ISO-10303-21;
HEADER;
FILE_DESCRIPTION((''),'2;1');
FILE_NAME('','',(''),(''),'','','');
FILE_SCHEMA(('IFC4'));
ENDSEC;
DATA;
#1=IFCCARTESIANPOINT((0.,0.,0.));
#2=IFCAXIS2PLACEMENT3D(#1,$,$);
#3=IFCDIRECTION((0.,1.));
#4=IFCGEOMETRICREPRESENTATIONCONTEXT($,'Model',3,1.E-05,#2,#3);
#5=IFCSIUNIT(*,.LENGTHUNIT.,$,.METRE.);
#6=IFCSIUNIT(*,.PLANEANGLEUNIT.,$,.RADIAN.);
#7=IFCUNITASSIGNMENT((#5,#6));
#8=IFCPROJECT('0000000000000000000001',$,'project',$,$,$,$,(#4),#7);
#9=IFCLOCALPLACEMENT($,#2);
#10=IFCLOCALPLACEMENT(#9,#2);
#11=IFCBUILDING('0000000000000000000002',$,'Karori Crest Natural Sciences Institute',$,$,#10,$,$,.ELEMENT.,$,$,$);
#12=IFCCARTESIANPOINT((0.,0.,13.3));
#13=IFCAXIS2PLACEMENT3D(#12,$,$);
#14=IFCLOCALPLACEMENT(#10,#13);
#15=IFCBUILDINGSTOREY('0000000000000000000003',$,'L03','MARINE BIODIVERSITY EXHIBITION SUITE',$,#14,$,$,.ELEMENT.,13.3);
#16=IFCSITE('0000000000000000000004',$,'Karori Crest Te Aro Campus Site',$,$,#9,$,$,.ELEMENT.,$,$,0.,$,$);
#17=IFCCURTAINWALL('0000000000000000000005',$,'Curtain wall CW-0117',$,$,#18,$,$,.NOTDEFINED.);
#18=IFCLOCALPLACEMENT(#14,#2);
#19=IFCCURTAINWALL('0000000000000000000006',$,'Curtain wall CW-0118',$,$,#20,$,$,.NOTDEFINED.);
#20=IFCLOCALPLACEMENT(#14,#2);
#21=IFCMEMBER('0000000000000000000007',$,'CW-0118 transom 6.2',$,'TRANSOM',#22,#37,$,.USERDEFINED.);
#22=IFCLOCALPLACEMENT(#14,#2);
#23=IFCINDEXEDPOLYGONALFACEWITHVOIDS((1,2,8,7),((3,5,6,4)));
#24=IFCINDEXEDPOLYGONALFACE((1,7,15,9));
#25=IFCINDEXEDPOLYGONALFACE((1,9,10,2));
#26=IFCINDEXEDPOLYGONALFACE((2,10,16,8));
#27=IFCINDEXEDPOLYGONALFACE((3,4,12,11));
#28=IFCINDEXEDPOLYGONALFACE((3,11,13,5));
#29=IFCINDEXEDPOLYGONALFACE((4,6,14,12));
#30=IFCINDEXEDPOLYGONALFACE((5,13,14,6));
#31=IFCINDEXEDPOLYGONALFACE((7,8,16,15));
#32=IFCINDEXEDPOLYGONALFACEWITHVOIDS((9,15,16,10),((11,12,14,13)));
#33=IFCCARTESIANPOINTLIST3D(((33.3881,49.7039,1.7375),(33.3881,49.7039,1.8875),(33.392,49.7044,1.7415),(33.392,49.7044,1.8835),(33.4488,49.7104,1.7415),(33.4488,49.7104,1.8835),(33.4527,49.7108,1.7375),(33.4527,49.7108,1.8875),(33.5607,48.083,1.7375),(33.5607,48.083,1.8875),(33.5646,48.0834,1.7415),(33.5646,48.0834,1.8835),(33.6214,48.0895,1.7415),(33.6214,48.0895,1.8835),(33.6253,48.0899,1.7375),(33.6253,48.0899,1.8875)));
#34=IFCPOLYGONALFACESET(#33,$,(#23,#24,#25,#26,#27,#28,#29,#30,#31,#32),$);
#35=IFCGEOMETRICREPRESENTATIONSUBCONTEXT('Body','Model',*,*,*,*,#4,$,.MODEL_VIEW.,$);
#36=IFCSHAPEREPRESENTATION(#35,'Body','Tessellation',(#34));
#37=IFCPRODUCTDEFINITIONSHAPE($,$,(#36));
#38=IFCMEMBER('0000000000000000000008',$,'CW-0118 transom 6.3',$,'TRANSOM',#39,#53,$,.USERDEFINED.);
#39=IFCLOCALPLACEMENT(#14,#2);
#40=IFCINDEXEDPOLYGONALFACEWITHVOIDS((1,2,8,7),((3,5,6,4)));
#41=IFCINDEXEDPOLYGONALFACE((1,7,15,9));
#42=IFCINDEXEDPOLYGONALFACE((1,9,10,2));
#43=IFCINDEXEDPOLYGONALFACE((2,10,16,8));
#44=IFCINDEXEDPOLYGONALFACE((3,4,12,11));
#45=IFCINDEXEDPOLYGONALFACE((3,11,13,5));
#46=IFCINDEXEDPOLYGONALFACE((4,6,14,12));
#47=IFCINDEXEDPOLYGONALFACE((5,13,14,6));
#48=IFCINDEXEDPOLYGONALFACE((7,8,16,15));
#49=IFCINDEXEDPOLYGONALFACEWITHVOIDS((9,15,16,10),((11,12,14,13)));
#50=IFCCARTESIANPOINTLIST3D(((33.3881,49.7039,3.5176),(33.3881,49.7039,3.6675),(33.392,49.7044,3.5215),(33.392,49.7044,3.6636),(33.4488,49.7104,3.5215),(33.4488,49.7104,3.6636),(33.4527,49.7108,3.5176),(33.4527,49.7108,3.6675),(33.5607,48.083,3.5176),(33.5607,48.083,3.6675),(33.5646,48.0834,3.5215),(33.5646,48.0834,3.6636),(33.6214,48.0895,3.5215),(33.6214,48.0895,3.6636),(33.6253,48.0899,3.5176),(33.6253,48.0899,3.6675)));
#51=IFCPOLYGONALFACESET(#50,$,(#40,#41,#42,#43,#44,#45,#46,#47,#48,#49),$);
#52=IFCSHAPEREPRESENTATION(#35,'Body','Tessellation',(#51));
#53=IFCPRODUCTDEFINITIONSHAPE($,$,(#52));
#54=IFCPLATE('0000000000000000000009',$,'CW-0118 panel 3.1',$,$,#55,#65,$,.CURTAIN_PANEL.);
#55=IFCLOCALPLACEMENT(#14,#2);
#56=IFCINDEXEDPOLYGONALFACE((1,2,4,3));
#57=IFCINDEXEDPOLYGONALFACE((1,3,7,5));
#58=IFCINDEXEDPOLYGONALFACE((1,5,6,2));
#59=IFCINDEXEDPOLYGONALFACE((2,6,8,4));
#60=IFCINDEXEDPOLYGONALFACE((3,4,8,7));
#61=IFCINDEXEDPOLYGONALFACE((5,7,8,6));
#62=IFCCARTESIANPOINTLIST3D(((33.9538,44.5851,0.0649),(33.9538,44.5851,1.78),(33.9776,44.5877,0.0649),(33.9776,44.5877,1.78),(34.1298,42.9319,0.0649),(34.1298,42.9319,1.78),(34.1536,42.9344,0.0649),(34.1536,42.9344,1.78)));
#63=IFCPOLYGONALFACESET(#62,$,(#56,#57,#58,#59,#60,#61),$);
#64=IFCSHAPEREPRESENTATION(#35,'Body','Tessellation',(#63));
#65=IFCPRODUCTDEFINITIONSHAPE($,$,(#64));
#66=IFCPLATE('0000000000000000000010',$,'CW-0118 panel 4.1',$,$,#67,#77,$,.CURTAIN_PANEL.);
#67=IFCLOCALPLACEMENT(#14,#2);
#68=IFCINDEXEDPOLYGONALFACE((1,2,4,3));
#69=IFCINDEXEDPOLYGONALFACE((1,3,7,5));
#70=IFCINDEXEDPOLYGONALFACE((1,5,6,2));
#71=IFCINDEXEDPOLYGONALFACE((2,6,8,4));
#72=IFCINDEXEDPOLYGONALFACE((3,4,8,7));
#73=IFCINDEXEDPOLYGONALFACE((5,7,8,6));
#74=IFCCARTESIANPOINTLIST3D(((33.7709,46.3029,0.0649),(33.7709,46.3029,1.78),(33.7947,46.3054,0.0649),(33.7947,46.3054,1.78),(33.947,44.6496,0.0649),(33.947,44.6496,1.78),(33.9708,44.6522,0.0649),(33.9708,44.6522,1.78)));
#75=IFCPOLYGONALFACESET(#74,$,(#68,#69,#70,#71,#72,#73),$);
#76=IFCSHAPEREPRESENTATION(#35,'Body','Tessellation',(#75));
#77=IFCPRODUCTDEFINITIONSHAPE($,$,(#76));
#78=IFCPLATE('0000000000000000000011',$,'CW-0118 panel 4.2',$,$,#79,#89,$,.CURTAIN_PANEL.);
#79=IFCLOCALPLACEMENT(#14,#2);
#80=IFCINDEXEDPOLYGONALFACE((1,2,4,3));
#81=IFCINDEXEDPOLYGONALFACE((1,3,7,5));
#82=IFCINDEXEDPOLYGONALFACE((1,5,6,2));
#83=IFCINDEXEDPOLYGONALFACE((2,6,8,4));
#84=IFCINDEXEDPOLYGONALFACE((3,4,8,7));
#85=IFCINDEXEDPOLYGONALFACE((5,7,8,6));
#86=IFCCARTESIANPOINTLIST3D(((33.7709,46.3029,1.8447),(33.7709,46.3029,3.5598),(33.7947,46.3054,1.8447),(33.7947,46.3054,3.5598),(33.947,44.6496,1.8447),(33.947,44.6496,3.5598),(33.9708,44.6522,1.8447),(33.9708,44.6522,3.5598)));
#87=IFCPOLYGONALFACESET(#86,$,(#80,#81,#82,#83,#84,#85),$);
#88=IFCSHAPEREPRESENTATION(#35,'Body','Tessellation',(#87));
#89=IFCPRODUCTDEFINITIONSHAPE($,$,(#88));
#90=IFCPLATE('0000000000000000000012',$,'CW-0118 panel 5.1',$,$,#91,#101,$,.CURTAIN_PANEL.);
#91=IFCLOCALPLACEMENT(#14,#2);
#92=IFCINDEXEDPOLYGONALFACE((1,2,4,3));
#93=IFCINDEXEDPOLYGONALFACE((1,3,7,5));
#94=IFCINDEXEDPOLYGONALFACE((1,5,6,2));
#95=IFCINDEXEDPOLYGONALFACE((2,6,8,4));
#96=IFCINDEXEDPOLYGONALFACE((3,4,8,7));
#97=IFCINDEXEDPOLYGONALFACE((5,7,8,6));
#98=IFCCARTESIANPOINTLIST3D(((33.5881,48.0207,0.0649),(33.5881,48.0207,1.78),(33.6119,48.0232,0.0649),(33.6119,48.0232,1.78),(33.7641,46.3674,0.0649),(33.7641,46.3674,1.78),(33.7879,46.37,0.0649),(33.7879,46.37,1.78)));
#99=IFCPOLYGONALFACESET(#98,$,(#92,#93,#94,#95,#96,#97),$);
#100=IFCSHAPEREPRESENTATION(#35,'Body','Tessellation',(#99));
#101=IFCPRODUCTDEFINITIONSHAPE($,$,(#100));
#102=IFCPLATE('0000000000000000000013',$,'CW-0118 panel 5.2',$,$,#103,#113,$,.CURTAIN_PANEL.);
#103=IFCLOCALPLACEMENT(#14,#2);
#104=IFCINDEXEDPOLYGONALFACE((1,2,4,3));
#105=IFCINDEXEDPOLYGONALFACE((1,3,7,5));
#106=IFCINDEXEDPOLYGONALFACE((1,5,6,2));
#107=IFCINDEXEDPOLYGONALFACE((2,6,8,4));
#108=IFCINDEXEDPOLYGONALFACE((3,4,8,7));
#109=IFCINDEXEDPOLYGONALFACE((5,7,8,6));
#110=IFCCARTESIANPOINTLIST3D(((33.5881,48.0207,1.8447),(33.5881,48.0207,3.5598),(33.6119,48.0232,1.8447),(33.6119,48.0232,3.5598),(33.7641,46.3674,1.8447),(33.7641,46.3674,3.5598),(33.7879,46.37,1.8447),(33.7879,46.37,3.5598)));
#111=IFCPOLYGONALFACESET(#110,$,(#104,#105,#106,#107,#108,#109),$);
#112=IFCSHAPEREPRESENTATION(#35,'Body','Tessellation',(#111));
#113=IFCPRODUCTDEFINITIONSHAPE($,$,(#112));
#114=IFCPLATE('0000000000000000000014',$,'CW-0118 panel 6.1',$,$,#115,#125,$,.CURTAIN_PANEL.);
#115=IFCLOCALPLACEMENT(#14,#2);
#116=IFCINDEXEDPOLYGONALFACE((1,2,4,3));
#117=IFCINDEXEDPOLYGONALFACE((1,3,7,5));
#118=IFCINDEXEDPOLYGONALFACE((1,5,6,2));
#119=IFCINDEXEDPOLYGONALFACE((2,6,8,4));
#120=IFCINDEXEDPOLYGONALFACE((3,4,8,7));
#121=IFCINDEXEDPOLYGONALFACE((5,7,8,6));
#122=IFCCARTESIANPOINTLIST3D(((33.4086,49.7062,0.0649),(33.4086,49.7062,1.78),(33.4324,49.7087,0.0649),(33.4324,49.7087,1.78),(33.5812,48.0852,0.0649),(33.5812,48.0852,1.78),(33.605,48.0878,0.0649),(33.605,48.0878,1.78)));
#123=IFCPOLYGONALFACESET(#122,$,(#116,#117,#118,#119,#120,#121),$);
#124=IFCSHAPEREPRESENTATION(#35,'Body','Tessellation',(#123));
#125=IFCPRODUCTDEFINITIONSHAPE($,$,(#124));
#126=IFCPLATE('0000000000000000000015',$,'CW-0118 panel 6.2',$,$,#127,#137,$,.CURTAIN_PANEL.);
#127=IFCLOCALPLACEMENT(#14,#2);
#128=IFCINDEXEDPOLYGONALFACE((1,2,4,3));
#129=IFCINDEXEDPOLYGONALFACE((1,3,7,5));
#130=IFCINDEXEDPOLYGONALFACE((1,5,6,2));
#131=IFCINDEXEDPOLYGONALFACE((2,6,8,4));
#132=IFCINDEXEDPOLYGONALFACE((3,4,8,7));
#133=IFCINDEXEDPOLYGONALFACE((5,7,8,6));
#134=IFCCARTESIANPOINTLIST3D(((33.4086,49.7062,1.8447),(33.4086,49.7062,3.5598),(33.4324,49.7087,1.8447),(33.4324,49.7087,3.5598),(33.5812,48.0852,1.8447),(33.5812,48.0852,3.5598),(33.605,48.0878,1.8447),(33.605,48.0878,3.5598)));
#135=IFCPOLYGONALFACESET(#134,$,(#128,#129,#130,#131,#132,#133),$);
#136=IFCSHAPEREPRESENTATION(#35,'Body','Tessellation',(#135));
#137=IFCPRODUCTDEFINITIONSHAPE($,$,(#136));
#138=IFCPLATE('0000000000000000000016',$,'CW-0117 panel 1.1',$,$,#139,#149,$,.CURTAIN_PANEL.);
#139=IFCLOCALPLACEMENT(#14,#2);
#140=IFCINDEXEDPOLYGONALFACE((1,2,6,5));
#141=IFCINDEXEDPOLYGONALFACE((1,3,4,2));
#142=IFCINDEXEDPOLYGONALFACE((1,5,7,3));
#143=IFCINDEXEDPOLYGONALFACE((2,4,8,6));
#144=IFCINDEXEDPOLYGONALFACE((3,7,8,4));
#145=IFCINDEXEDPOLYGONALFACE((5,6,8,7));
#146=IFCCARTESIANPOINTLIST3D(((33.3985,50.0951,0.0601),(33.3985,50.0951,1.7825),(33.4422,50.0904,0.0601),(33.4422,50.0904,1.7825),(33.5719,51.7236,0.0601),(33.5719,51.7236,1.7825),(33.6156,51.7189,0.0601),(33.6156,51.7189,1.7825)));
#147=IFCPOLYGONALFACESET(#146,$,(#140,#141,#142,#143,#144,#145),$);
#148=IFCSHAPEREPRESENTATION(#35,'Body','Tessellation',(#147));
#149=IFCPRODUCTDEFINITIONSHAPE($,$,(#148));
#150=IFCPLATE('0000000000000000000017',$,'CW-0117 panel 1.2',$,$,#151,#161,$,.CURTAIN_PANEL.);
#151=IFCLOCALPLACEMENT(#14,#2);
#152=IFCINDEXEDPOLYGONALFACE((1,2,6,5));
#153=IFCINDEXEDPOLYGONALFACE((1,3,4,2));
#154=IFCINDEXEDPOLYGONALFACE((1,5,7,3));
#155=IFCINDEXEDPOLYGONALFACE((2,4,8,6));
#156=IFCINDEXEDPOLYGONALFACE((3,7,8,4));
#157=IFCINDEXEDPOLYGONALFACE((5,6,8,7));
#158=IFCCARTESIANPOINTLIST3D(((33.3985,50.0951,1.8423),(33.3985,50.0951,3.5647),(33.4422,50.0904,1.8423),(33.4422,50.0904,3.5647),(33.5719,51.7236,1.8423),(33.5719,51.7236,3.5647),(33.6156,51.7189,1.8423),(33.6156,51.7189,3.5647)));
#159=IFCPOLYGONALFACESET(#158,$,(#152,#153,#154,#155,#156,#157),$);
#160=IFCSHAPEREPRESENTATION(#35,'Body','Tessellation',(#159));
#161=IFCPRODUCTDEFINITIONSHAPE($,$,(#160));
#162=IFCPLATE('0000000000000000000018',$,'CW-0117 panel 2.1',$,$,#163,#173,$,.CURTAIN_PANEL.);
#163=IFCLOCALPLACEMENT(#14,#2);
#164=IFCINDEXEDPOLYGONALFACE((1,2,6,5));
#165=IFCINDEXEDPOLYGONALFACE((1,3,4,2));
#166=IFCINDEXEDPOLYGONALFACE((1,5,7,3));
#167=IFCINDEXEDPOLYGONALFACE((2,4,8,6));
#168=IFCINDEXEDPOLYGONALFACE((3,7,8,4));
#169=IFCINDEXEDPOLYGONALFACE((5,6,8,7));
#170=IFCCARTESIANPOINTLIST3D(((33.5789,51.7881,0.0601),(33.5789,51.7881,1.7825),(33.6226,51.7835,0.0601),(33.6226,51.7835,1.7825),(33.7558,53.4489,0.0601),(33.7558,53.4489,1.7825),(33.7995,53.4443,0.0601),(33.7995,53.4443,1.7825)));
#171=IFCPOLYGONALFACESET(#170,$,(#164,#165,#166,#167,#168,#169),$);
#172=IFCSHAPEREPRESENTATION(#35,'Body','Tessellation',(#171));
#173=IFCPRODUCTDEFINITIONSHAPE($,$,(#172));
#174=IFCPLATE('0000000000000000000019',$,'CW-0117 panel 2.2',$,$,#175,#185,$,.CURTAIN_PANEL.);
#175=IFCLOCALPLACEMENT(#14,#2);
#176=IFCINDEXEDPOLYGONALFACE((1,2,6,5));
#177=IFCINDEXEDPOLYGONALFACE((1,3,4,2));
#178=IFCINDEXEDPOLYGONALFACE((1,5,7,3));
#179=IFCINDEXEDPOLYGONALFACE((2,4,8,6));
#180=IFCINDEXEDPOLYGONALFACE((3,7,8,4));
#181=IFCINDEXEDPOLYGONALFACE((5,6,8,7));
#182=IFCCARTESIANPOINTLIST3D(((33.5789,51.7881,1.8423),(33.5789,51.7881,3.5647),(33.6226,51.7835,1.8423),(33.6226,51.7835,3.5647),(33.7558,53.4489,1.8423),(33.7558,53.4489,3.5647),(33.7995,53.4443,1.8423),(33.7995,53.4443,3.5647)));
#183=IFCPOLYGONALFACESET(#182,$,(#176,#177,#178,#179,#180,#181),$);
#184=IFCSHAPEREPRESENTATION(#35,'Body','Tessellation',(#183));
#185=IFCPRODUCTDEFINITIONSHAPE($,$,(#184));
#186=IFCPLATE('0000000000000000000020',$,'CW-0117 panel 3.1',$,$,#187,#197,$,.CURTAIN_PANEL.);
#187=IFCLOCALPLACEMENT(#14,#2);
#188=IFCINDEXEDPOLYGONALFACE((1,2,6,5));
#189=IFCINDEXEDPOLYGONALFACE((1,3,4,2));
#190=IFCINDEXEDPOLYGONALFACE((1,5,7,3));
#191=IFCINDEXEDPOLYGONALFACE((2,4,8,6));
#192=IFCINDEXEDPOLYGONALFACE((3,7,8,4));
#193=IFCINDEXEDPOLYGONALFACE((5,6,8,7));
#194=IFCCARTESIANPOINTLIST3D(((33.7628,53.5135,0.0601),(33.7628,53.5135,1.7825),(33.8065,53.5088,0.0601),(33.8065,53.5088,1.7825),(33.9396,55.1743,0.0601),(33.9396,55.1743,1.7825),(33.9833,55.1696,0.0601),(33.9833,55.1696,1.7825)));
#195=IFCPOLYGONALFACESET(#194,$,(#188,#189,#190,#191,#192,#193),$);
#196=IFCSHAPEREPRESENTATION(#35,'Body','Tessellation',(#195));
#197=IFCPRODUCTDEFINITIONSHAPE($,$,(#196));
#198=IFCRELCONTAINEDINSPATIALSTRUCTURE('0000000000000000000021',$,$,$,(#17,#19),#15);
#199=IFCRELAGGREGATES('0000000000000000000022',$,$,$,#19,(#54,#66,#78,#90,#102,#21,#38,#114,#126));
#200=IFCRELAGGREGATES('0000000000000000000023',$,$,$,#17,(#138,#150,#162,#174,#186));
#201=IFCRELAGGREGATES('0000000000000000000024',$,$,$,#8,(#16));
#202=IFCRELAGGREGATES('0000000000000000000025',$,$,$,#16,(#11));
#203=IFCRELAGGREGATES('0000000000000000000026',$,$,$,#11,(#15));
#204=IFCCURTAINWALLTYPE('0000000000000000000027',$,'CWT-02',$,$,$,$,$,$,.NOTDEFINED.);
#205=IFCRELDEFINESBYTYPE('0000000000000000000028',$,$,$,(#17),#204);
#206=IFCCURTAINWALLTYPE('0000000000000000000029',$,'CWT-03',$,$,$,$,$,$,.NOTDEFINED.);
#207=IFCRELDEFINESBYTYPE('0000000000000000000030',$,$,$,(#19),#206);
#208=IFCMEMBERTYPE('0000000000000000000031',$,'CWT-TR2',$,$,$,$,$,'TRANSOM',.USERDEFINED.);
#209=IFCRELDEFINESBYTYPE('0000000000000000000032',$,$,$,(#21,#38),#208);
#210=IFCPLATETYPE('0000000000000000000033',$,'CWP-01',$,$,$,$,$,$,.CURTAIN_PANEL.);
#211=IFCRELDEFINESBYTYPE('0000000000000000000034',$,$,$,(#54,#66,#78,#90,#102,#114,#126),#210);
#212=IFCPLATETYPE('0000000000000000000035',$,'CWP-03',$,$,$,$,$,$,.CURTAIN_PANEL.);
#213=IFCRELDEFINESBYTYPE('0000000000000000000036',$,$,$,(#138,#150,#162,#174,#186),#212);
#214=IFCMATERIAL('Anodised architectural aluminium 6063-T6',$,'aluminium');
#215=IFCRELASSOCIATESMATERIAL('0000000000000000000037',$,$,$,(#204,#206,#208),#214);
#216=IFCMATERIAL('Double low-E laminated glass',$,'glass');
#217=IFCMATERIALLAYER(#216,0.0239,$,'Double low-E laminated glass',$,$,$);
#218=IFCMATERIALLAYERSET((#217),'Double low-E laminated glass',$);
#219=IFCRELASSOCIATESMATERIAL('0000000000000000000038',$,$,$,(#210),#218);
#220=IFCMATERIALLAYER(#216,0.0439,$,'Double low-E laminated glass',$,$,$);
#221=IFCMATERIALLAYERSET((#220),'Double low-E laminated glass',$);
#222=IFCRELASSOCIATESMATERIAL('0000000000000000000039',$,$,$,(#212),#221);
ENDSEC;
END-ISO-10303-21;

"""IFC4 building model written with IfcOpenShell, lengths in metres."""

from ifc_helpers import new_model, si_unit, direction, frame, origin, origin_2d, place, context, subcontext, project, spatial, rectangle, hollow_rectangle, extrude, material, layer, layer_set, material_profile, profile_set, type_object, element, aggregate, save


model = new_model("IFC4")

# Units and contexts
model_context = context("Model", 3, precision=1e-05, world=origin(), true_north=direction((0.0, 1.0)))
body_context = subcontext(model_context, "Body", "Model", "MODEL_VIEW")
ifc_project = project(units=[si_unit("LENGTHUNIT", "METRE"), si_unit("PLANEANGLEUNIT", "RADIAN")], contexts=[model_context])

# Site, building, storey
site_placement = place(None, origin())
site = spatial("IfcSite", under=ifc_project, at=site_placement, Name="Karori Crest Te Aro Campus Site", CompositionType="ELEMENT", RefElevation=0.0)
building_placement = place(site_placement, origin())
building = spatial("IfcBuilding", under=site, at=building_placement, Name="Karori Crest Natural Sciences Institute", CompositionType="ELEMENT")
storey_placement = place(building_placement, frame((0.0, 0.0, 13.3)))
storey = spatial("IfcBuildingStorey", under=building, at=storey_placement, Name="L03", Description="MARINE BIODIVERSITY EXHIBITION SUITE", CompositionType="ELEMENT", Elevation=13.3)

# Curtain walls
ifc_material_1 = material(Name="Anodised architectural aluminium 6063-T6", Category="aluminium")
curtain_wall_type_1 = type_object("IfcCurtainWallType", Name="CWT-02", PredefinedType="NOTDEFINED", material=ifc_material_1)
curtain_wall_1_placement = place(storey_placement, origin())
curtain_wall_1 = element("IfcCurtainWall", 1, at=curtain_wall_1_placement, inside=storey, type_object=curtain_wall_type_1, Name="Curtain wall CW-0117", PredefinedType="NOTDEFINED")
curtain_wall_type_2 = type_object("IfcCurtainWallType", Name="CWT-03", PredefinedType="NOTDEFINED", material=ifc_material_1)
curtain_wall_2_placement = place(storey_placement, origin())
curtain_wall_2 = element("IfcCurtainWall", 2, at=curtain_wall_2_placement, inside=storey, type_object=curtain_wall_type_2, Name="Curtain wall CW-0118", PredefinedType="NOTDEFINED")

# Members
ifc_material_profile_1 = material_profile(ifc_material_1, hollow_rectangle(XDim=0.0649, YDim=0.1499, WallThickness=0.0039, at=origin_2d()), Name="CWT150x65x4")
ifc_profile_set_1 = profile_set([ifc_material_profile_1], Name="Anodised architectural aluminium 6063-T6")
member_type_1 = type_object("IfcMemberType", Name="CWT-TR2", ElementType="TRANSOM", PredefinedType="USERDEFINED", material=ifc_profile_set_1)
member_1_placement = place(storey_placement, frame((33.593, 48.0864, 1.8125), z_axis=(-0.105893, 0.994378, 0.0), x_axis=(-0.994378, -0.105893, 0.0)))
member_1 = element("IfcMember", 3, at=member_1_placement, type_object=member_type_1, Name="CW-0118 transom 6.2", ObjectType="TRANSOM", PredefinedType="USERDEFINED", context=body_context, shape_type="SweptSolid", body=[
    extrude(hollow_rectangle(XDim=0.0649, YDim=0.1499, WallThickness=0.0039, at=origin_2d()), origin(), (0.0, 0.0, 1.0), 1.6301),
])
member_2_placement = place(storey_placement, frame((33.593, 48.0864, 3.5925), z_axis=(-0.105893, 0.994378, 0.0), x_axis=(-0.994378, -0.105893, 0.0)))
member_2 = element("IfcMember", 4, at=member_2_placement, type_object=member_type_1, Name="CW-0118 transom 6.3", ObjectType="TRANSOM", PredefinedType="USERDEFINED", context=body_context, shape_type="SweptSolid", body=[
    extrude(hollow_rectangle(XDim=0.0649, YDim=0.1499, WallThickness=0.0039, at=origin_2d()), origin(), (0.0, 0.0, 1.0), 1.6301),
])

# Plates
ifc_material_2 = material(Name="Double low-E laminated glass", Category="glass")
ifc_layer_1 = layer(ifc_material_2, 0.0239, Name="Double low-E laminated glass")
ifc_layer_set_1 = layer_set([ifc_layer_1], Name="Double low-E laminated glass")
plate_type_1 = type_object("IfcPlateType", Name="CWP-01", PredefinedType="CURTAIN_PANEL", material=ifc_layer_set_1)
plate_1_placement = place(storey_placement, frame((34.0537, 43.7598, 0.0649), z_axis=(0.0, 0.0, 1.0), x_axis=(-0.105884, 0.994378, 0.0)))
plate_1 = element("IfcPlate", 5, at=plate_1_placement, type_object=plate_type_1, Name="CW-0118 panel 3.1", PredefinedType="CURTAIN_PANEL", context=body_context, shape_type="SweptSolid", body=[
    extrude(rectangle(XDim=1.6626, YDim=0.0239, at=origin_2d()), origin(), (0.0, 0.0, 1.0), 1.7151),
])
plate_2_placement = place(storey_placement, frame((33.8708, 45.4775, 0.0649), z_axis=(0.0, 0.0, 1.0), x_axis=(-0.105884, 0.994378, 0.0)))
plate_2 = element("IfcPlate", 6, at=plate_2_placement, type_object=plate_type_1, Name="CW-0118 panel 4.1", PredefinedType="CURTAIN_PANEL", context=body_context, shape_type="SweptSolid", body=[
    extrude(rectangle(XDim=1.6626, YDim=0.0239, at=origin_2d()), origin(), (0.0, 0.0, 1.0), 1.7151),
])
plate_3_placement = place(storey_placement, frame((33.8708, 45.4775, 1.8447), z_axis=(0.0, 0.0, 1.0), x_axis=(-0.105884, 0.994378, 0.0)))
plate_3 = element("IfcPlate", 7, at=plate_3_placement, type_object=plate_type_1, Name="CW-0118 panel 4.2", PredefinedType="CURTAIN_PANEL", context=body_context, shape_type="SweptSolid", body=[
    extrude(rectangle(XDim=1.6626, YDim=0.0239, at=origin_2d()), origin(), (0.0, 0.0, 1.0), 1.7151),
])
plate_4_placement = place(storey_placement, frame((33.688, 47.1953, 0.0649), z_axis=(0.0, 0.0, 1.0), x_axis=(-0.105884, 0.994378, 0.0)))
plate_4 = element("IfcPlate", 8, at=plate_4_placement, type_object=plate_type_1, Name="CW-0118 panel 5.1", PredefinedType="CURTAIN_PANEL", context=body_context, shape_type="SweptSolid", body=[
    extrude(rectangle(XDim=1.6626, YDim=0.0239, at=origin_2d()), origin(), (0.0, 0.0, 1.0), 1.7151),
])
plate_5_placement = place(storey_placement, frame((33.688, 47.1953, 1.8447), z_axis=(0.0, 0.0, 1.0), x_axis=(-0.105884, 0.994378, 0.0)))
plate_5 = element("IfcPlate", 9, at=plate_5_placement, type_object=plate_type_1, Name="CW-0118 panel 5.2", PredefinedType="CURTAIN_PANEL", context=body_context, shape_type="SweptSolid", body=[
    extrude(rectangle(XDim=1.6626, YDim=0.0239, at=origin_2d()), origin(), (0.0, 0.0, 1.0), 1.7151),
])
plate_6_placement = place(storey_placement, frame((33.5068, 48.897, 0.0649), z_axis=(0.0, 0.0, 1.0), x_axis=(-0.105884, 0.994378, 0.0)))
plate_6 = element("IfcPlate", 10, at=plate_6_placement, type_object=plate_type_1, Name="CW-0118 panel 6.1", PredefinedType="CURTAIN_PANEL", context=body_context, shape_type="SweptSolid", body=[
    extrude(rectangle(XDim=1.6301, YDim=0.0239, at=origin_2d()), origin(), (0.0, 0.0, 1.0), 1.7151),
])
plate_7_placement = place(storey_placement, frame((33.5068, 48.897, 1.8447), z_axis=(0.0, 0.0, 1.0), x_axis=(-0.105884, 0.994378, 0.0)))
plate_7 = element("IfcPlate", 11, at=plate_7_placement, type_object=plate_type_1, Name="CW-0118 panel 6.2", PredefinedType="CURTAIN_PANEL", context=body_context, shape_type="SweptSolid", body=[
    extrude(rectangle(XDim=1.6301, YDim=0.0239, at=origin_2d()), origin(), (0.0, 0.0, 1.0), 1.7151),
])
aggregate(curtain_wall_2, [plate_1, plate_2, plate_3, plate_4, plate_5, member_1, member_2, plate_6, plate_7])
ifc_layer_2 = layer(ifc_material_2, 0.0439, Name="Double low-E laminated glass")
ifc_layer_set_2 = layer_set([ifc_layer_2], Name="Double low-E laminated glass")
plate_type_2 = type_object("IfcPlateType", Name="CWP-03", PredefinedType="CURTAIN_PANEL", material=ifc_layer_set_2)
plate_8_placement = place(storey_placement, frame((33.5071, 50.907, 0.0601), z_axis=(0.0, 0.0, 1.0), x_axis=(0.105886, 0.994378, 0.0)))
plate_8 = element("IfcPlate", 12, at=plate_8_placement, type_object=plate_type_2, Name="CW-0117 panel 1.1", PredefinedType="CURTAIN_PANEL", context=body_context, shape_type="SweptSolid", body=[
    extrude(rectangle(XDim=1.6377, YDim=0.0439, at=origin_2d()), origin(), (0.0, 0.0, 1.0), 1.7224),
])
plate_9_placement = place(storey_placement, frame((33.5071, 50.907, 1.8423), z_axis=(0.0, 0.0, 1.0), x_axis=(0.105886, 0.994378, 0.0)))
plate_9 = element("IfcPlate", 13, at=plate_9_placement, type_object=plate_type_2, Name="CW-0117 panel 1.2", PredefinedType="CURTAIN_PANEL", context=body_context, shape_type="SweptSolid", body=[
    extrude(rectangle(XDim=1.6377, YDim=0.0439, at=origin_2d()), origin(), (0.0, 0.0, 1.0), 1.7224),
])
plate_10_placement = place(storey_placement, frame((33.6892, 52.6162, 0.0601), z_axis=(0.0, 0.0, 1.0), x_axis=(0.105886, 0.994378, 0.0)))
plate_10 = element("IfcPlate", 14, at=plate_10_placement, type_object=plate_type_2, Name="CW-0117 panel 2.1", PredefinedType="CURTAIN_PANEL", context=body_context, shape_type="SweptSolid", body=[
    extrude(rectangle(XDim=1.6702, YDim=0.0439, at=origin_2d()), origin(), (0.0, 0.0, 1.0), 1.7224),
])
plate_11_placement = place(storey_placement, frame((33.6892, 52.6162, 1.8423), z_axis=(0.0, 0.0, 1.0), x_axis=(0.105886, 0.994378, 0.0)))
plate_11 = element("IfcPlate", 15, at=plate_11_placement, type_object=plate_type_2, Name="CW-0117 panel 2.2", PredefinedType="CURTAIN_PANEL", context=body_context, shape_type="SweptSolid", body=[
    extrude(rectangle(XDim=1.6702, YDim=0.0439, at=origin_2d()), origin(), (0.0, 0.0, 1.0), 1.7224),
])
plate_12_placement = place(storey_placement, frame((33.873, 54.3416, 0.0601), z_axis=(0.0, 0.0, 1.0), x_axis=(0.105886, 0.994378, 0.0)))
plate_12 = element("IfcPlate", 16, at=plate_12_placement, type_object=plate_type_2, Name="CW-0117 panel 3.1", PredefinedType="CURTAIN_PANEL", context=body_context, shape_type="SweptSolid", body=[
    extrude(rectangle(XDim=1.6702, YDim=0.0439, at=origin_2d()), origin(), (0.0, 0.0, 1.0), 1.7224),
])
aggregate(curtain_wall_1, [plate_8, plate_9, plate_10, plate_11, plate_12])

save(model, "model.ifc")
